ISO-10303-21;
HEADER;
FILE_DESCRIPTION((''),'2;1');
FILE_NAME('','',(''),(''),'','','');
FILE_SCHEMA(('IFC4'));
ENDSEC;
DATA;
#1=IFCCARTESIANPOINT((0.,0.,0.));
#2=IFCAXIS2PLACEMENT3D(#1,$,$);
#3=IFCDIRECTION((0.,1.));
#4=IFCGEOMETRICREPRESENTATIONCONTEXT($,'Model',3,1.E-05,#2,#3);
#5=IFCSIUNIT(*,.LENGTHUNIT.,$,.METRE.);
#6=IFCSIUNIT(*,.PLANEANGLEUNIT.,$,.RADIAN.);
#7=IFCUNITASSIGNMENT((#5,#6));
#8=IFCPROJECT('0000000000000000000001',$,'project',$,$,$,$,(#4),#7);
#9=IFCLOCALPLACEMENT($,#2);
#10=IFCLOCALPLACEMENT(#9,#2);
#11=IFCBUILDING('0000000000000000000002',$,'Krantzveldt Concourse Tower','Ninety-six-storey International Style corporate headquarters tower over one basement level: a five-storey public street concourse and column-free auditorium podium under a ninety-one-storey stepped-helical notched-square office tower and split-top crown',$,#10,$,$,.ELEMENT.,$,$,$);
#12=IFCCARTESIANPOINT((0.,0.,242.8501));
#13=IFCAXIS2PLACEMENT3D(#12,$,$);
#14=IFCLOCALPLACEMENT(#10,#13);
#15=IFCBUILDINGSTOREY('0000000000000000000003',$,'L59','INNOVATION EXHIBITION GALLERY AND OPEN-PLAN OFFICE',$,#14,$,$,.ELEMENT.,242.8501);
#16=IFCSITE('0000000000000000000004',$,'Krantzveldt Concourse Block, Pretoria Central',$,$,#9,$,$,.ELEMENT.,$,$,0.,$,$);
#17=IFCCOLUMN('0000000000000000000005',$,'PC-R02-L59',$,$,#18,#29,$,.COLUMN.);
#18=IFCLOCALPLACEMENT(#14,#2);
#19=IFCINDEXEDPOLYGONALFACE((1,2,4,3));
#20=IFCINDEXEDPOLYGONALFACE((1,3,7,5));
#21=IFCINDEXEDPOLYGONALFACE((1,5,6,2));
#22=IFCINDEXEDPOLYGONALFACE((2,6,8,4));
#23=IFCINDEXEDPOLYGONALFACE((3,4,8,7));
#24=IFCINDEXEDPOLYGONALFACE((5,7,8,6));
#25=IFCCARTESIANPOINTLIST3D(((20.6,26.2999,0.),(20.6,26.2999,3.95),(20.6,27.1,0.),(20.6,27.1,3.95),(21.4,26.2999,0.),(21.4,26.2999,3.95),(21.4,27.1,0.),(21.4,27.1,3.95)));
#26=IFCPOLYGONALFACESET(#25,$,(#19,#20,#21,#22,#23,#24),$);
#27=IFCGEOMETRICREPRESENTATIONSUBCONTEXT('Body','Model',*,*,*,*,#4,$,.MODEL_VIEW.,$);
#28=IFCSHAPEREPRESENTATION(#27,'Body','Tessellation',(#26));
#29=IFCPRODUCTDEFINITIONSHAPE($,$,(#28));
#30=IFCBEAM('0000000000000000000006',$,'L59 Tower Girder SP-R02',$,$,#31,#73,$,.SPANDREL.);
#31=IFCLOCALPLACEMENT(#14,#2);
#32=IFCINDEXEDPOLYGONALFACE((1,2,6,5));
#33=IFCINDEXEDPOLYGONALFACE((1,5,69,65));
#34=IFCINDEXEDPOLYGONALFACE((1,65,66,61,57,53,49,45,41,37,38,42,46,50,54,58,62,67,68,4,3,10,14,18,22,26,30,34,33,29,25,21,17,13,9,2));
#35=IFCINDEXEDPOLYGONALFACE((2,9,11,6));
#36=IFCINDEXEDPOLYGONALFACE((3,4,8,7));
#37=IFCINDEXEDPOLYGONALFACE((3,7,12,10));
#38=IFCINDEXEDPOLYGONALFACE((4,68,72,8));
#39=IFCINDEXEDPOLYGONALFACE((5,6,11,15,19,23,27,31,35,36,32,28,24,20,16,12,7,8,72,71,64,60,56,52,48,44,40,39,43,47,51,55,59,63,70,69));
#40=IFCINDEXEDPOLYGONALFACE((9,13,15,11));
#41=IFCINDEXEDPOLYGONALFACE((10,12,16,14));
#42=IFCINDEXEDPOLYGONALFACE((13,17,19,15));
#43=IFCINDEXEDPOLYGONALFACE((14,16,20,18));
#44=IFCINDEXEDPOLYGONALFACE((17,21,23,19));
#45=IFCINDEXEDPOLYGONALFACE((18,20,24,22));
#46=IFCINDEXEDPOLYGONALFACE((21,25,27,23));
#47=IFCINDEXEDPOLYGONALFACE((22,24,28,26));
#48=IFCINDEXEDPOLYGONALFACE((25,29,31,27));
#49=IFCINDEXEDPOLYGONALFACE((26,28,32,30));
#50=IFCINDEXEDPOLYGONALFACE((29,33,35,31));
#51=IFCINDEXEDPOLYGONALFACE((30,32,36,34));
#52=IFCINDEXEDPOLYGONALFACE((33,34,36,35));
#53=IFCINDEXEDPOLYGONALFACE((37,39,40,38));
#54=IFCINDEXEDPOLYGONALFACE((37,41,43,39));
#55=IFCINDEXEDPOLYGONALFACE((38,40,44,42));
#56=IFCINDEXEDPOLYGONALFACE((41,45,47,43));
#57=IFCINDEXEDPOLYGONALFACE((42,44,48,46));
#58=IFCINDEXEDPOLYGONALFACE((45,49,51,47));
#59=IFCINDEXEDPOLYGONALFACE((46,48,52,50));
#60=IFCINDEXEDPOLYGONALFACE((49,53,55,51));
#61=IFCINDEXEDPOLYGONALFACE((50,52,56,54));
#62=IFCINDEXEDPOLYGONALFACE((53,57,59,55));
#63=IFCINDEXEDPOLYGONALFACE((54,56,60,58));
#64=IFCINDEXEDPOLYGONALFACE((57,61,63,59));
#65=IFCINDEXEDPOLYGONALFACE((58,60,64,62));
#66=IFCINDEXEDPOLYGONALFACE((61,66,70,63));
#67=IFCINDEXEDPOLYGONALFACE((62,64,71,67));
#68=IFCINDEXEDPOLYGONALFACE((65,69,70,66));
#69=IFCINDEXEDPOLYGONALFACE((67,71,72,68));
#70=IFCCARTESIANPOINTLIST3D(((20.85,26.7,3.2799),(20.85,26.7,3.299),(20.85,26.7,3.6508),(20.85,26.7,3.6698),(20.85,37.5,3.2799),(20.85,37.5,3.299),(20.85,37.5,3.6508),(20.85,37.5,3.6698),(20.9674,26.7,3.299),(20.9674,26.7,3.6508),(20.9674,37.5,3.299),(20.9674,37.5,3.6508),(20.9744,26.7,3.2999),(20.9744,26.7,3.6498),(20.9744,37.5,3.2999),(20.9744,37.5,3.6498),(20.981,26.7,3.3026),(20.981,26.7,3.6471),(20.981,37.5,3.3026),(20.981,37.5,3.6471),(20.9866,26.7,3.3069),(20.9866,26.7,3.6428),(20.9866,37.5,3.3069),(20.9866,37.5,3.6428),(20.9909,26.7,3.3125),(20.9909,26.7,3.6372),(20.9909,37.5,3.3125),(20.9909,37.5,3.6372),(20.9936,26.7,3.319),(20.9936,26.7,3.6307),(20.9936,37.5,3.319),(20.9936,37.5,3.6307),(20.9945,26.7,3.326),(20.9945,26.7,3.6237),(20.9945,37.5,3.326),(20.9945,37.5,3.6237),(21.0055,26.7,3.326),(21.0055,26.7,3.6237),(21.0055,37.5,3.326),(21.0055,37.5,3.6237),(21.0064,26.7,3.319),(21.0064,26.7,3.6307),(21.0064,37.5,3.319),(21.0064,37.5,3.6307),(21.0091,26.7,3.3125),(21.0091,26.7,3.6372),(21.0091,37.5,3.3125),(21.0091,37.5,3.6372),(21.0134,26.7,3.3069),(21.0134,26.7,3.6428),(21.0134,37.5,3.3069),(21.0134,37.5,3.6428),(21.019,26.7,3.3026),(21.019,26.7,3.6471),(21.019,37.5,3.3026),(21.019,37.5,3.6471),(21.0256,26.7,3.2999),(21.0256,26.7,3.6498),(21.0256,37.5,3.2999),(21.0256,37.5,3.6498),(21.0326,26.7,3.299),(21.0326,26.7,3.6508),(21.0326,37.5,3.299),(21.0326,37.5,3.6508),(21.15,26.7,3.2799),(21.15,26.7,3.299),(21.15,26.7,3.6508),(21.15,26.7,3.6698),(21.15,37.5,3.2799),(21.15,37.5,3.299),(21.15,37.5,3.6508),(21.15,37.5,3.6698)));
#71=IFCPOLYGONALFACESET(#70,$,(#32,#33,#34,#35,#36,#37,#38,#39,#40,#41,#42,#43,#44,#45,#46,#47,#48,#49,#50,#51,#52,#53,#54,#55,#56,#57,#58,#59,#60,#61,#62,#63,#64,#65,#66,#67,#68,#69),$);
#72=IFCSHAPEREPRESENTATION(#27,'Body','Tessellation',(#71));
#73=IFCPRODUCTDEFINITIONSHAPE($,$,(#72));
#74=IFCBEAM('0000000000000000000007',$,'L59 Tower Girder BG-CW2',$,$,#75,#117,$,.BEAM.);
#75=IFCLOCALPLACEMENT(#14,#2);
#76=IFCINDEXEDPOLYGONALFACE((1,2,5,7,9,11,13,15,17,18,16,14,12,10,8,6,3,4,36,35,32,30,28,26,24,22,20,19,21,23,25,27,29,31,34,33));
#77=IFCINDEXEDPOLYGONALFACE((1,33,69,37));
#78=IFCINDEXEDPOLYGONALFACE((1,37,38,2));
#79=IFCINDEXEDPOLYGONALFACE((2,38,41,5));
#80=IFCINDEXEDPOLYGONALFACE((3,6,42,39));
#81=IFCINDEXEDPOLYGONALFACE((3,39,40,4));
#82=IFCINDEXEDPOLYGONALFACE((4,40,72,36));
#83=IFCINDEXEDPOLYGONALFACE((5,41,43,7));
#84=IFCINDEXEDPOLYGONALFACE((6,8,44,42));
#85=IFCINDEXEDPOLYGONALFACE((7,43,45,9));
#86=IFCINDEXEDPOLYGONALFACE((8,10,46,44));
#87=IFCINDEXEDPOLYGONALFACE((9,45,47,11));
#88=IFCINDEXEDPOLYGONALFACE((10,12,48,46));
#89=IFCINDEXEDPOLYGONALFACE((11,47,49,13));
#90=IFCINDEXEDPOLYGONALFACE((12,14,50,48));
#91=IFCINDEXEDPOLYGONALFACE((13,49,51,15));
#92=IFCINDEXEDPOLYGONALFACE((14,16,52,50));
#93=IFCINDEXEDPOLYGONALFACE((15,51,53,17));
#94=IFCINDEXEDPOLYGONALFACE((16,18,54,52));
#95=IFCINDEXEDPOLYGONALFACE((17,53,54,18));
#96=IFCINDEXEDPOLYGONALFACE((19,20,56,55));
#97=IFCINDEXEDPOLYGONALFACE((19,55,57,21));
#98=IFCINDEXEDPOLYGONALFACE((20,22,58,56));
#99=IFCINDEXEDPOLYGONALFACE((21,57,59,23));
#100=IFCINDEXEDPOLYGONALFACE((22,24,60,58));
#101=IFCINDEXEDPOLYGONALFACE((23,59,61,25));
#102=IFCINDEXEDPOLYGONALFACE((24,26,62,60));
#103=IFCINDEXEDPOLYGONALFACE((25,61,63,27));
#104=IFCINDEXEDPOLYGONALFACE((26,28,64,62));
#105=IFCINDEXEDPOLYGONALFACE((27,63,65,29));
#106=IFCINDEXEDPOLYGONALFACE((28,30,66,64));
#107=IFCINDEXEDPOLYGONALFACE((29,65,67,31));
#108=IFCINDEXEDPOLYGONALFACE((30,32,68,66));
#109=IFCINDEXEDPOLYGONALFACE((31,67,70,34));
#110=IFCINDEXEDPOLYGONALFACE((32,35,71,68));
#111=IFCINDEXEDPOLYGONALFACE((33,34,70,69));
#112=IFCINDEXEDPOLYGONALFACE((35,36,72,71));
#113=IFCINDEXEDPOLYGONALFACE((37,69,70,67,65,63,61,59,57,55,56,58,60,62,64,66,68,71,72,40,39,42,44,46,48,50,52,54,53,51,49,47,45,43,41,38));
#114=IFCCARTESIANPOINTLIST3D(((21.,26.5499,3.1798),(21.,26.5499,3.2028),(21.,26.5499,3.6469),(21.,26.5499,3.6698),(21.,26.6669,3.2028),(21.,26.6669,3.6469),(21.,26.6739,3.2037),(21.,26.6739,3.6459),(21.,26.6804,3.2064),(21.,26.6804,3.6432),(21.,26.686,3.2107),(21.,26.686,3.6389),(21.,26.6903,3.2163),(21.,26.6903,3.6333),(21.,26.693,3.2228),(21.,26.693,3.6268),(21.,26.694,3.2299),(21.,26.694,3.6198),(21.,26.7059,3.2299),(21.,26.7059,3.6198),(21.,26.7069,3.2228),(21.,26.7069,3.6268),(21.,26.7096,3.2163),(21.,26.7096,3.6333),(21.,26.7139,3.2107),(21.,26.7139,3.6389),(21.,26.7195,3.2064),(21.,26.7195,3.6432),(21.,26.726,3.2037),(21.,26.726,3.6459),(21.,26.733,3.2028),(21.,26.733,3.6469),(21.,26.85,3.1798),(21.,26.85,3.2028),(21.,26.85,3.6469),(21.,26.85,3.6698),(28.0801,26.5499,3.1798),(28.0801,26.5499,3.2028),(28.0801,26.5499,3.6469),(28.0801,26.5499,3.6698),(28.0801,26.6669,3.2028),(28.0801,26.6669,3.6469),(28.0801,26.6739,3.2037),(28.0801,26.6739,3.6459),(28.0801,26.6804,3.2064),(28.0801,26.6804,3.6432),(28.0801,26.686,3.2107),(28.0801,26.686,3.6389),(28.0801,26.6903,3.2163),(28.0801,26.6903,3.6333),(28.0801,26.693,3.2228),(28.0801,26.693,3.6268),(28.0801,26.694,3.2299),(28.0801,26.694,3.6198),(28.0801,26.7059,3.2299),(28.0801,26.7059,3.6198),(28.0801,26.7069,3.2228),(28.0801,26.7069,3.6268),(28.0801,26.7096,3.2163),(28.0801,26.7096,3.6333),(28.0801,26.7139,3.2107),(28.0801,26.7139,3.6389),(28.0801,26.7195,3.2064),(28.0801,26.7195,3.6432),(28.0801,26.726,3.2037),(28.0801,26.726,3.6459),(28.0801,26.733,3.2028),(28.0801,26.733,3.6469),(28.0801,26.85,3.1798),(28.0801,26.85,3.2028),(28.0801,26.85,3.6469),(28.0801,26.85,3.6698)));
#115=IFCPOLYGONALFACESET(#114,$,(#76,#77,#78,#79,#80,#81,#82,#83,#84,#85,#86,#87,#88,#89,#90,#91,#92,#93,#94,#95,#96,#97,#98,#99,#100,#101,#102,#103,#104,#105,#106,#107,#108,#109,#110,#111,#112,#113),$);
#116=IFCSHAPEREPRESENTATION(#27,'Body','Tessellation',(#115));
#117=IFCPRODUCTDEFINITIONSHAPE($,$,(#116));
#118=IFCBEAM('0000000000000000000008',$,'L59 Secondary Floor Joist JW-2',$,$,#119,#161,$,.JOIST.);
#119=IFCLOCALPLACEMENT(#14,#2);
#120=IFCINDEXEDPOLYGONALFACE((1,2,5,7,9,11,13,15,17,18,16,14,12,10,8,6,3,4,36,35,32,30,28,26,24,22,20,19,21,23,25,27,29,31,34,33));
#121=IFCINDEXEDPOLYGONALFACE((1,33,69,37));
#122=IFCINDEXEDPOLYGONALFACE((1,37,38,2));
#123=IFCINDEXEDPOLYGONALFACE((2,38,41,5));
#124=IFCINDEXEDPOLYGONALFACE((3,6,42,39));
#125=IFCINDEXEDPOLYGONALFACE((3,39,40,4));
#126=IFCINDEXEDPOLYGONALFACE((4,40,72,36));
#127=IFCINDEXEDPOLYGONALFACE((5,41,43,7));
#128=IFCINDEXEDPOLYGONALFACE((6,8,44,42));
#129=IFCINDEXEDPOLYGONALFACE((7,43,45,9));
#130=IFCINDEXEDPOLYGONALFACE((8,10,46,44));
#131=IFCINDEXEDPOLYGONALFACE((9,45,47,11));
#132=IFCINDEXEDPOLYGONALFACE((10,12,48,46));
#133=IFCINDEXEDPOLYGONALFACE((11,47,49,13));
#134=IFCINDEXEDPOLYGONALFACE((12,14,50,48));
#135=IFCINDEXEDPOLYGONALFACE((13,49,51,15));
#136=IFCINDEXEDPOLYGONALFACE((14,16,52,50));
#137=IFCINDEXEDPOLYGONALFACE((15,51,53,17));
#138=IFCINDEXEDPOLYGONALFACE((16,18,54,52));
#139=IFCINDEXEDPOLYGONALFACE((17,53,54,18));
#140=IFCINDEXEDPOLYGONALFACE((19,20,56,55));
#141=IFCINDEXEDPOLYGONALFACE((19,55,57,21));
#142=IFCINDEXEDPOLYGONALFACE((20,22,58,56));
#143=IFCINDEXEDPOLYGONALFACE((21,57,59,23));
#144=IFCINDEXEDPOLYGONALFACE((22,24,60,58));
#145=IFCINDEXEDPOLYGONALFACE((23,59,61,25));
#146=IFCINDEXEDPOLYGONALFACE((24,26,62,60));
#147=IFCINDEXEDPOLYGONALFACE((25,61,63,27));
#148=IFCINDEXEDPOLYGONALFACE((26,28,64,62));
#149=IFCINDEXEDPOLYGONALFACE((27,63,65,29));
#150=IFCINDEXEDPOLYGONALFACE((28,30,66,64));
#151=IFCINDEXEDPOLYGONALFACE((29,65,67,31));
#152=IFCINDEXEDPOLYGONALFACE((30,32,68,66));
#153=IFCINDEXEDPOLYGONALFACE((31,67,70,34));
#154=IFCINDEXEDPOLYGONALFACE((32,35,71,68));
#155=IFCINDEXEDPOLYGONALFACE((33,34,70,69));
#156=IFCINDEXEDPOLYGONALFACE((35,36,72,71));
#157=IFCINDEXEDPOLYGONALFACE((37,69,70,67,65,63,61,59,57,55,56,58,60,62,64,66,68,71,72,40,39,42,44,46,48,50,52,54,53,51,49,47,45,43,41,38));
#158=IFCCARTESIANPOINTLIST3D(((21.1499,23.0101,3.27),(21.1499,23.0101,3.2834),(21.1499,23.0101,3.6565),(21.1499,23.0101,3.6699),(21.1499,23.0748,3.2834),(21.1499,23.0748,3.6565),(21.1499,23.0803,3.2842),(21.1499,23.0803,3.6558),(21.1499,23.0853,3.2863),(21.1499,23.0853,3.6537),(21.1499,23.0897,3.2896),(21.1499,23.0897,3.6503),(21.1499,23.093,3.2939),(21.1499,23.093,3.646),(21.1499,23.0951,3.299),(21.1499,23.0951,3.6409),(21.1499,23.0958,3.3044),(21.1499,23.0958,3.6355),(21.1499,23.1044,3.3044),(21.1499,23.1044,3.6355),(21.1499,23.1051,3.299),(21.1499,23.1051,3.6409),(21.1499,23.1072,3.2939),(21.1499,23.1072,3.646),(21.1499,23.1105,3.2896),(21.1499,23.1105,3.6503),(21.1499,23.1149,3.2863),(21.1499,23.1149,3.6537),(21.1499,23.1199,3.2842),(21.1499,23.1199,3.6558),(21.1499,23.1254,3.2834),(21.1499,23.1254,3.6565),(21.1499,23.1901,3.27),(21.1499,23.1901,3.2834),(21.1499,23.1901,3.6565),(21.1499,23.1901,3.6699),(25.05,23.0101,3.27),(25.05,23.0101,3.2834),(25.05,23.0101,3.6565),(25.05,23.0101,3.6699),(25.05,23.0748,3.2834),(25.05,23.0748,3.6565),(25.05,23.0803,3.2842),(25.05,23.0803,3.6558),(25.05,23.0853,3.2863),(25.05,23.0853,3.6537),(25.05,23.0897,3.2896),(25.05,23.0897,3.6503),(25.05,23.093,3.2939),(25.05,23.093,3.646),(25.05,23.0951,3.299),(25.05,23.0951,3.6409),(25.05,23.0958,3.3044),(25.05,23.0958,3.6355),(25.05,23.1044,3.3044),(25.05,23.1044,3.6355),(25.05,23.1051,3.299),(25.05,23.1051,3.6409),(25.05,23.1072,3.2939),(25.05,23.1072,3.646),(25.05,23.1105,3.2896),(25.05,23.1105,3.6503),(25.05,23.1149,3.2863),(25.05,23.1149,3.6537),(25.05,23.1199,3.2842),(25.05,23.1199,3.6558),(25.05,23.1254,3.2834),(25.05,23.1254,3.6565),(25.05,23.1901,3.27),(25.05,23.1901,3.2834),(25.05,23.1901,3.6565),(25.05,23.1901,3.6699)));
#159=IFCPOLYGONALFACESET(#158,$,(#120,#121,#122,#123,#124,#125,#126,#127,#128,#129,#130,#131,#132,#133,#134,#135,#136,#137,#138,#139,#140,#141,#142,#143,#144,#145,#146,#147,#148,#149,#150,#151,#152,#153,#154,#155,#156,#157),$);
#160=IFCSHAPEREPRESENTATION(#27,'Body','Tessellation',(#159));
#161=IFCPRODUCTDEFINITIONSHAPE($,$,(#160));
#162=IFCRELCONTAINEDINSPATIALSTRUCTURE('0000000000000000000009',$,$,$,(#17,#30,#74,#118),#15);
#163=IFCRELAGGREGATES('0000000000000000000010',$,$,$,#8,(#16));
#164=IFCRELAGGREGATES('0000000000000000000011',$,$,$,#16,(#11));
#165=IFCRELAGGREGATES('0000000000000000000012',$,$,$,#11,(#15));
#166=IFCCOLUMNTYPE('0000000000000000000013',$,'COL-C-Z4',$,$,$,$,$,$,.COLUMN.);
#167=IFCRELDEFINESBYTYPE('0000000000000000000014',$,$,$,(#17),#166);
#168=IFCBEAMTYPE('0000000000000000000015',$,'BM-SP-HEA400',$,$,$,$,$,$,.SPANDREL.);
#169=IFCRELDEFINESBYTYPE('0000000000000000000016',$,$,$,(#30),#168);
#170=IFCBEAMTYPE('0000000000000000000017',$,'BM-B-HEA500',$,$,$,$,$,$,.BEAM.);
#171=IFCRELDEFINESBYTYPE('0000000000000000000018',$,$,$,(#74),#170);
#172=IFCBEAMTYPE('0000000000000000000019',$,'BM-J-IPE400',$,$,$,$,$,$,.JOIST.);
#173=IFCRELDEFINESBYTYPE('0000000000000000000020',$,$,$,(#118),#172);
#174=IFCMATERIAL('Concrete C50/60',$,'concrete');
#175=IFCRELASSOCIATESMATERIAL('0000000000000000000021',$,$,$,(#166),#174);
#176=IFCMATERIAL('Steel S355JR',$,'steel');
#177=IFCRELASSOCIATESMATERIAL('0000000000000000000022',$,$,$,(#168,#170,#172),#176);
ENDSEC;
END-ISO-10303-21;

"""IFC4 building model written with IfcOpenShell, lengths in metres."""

from ifc_helpers import new_model, si_unit, direction, frame, origin, origin_2d, place, context, subcontext, project, spatial, rectangle, i_section, extrude, source, transform, mapped, material, material_profile, profile_set, type_object, type_shapes, element, save


model = new_model("IFC4")

# Units and contexts
model_context = context("Model", 3, precision=1e-05, world=origin(), true_north=direction((0.0, 1.0)))
body_context = subcontext(model_context, "Body", "Model", "MODEL_VIEW")
ifc_project = project(units=[si_unit("LENGTHUNIT", "METRE"), si_unit("PLANEANGLEUNIT", "RADIAN")], contexts=[model_context])

# Site, building, storey
site_placement = place(None, origin())
site = spatial("IfcSite", under=ifc_project, at=site_placement, Name="Krantzveldt Concourse Block, Pretoria Central", CompositionType="ELEMENT", RefElevation=0.0)
building_placement = place(site_placement, origin())
building = spatial("IfcBuilding", under=site, at=building_placement, Name="Krantzveldt Concourse Tower", Description="Ninety-six-storey International Style corporate headquarters tower over one basement level: a five-storey public street concourse and column-free auditorium podium under a ninety-one-storey stepped-helical notched-square office tower and split-top crown", CompositionType="ELEMENT")
storey_placement = place(building_placement, frame((0.0, 0.0, 242.8501)))
storey = spatial("IfcBuildingStorey", under=building, at=storey_placement, Name="L59", Description="INNOVATION EXHIBITION GALLERY AND OPEN-PLAN OFFICE", CompositionType="ELEMENT", Elevation=242.8501)

# Column
ifc_material_1 = material(Name="Concrete C50/60", Category="concrete")
ifc_material_profile_1 = material_profile(ifc_material_1, rectangle(XDim=0.8, YDim=0.8, at=origin_2d()), Name="Concrete C50/60", Category="concrete")
ifc_profile_set_1 = profile_set([ifc_material_profile_1], Name="Concrete C50/60 - RC 800x800")
column_type = type_object("IfcColumnType", Name="COL-C-Z4", PredefinedType="COLUMN", material=ifc_profile_set_1)
shared_shape_1 = source(origin(), body_context, "Body", "SweptSolid", [
    extrude(rectangle(XDim=0.8, YDim=0.8, at=origin_2d()), origin(), (0.0, 0.0, 1.0), 3.95),
])
type_shapes(column_type, [shared_shape_1])
column_placement = place(storey_placement, frame((21.0, 26.7, 0.0), z_axis=(0.0, 0.0, 1.0), x_axis=(1.0, 0.0, 0.0)))
element("IfcColumn", 1, at=column_placement, inside=storey, type_object=column_type, Name="PC-R02-L59", PredefinedType="COLUMN", context=body_context, shape_type="MappedRepresentation", body=[
    mapped(shared_shape_1, transform((0.0, 0.0, 0.0), x_axis=(1.0, 0.0, 0.0), y_axis=(0.0, 1.0, 0.0), z_axis=(0.0, 0.0, 1.0), scale=1.0)),
])

# Beams
ifc_material_2 = material(Name="Steel S355JR", Category="steel")
ifc_material_profile_2 = material_profile(ifc_material_2, i_section(OverallWidth=0.3, OverallDepth=0.3899, WebThickness=0.011, FlangeThickness=0.019, FilletRadius=0.0271, at=origin_2d()), Name="Steel S355JR", Category="steel")
ifc_profile_set_2 = profile_set([ifc_material_profile_2], Name="Steel S355JR - HEA 400")
beam_type_1 = type_object("IfcBeamType", Name="BM-SP-HEA400", PredefinedType="SPANDREL", material=ifc_profile_set_2)
shared_shape_2 = source(origin(), body_context, "Body", "SweptSolid", [
    extrude(i_section(OverallWidth=0.3, OverallDepth=0.3899, WebThickness=0.011, FlangeThickness=0.019, FilletRadius=0.0271, at=origin_2d()), origin(), (0.0, 0.0, 1.0), 10.8),
])
type_shapes(beam_type_1, [shared_shape_2])
beam_1_placement = place(storey_placement, frame((21.0, 26.7, 3.4749), z_axis=(0.0, 1.0, 0.0), x_axis=(-1.0, 0.0, 0.0)))
element("IfcBeam", 2, at=beam_1_placement, inside=storey, type_object=beam_type_1, Name="L59 Tower Girder SP-R02", PredefinedType="SPANDREL", context=body_context, shape_type="MappedRepresentation", body=[
    mapped(shared_shape_2, transform((0.0, 0.0, 0.0), x_axis=(1.0, 0.0, 0.0), y_axis=(0.0, 1.0, 0.0), z_axis=(0.0, 0.0, 1.0), scale=1.0)),
])
ifc_material_profile_3 = material_profile(ifc_material_2, i_section(OverallWidth=0.3, OverallDepth=0.49, WebThickness=0.012, FlangeThickness=0.0229, FilletRadius=0.0271, at=origin_2d()), Name="Steel S355JR", Category="steel")
ifc_profile_set_3 = profile_set([ifc_material_profile_3], Name="Steel S355JR - HEA 500")
beam_type_2 = type_object("IfcBeamType", Name="BM-B-HEA500", PredefinedType="BEAM", material=ifc_profile_set_3)
shared_shape_3 = source(origin(), body_context, "Body", "SweptSolid", [
    extrude(i_section(OverallWidth=0.3, OverallDepth=0.49, WebThickness=0.012, FlangeThickness=0.0229, FilletRadius=0.0271, at=origin_2d()), origin(), (0.0, 0.0, 1.0), 7.0801),
])
type_shapes(beam_type_2, [shared_shape_3])
beam_2_placement = place(storey_placement, frame((21.0, 26.7, 3.4248), z_axis=(1.0, 0.0, 0.0), x_axis=(0.0, 1.0, 0.0)))
element("IfcBeam", 3, at=beam_2_placement, inside=storey, type_object=beam_type_2, Name="L59 Tower Girder BG-CW2", PredefinedType="BEAM", context=body_context, shape_type="MappedRepresentation", body=[
    mapped(shared_shape_3, transform((0.0, 0.0, 0.0), x_axis=(1.0, 0.0, 0.0), y_axis=(0.0, 1.0, 0.0), z_axis=(0.0, 0.0, 1.0), scale=1.0)),
])
ifc_material_profile_4 = material_profile(ifc_material_2, i_section(OverallWidth=0.1799, OverallDepth=0.3999, WebThickness=0.0085, FlangeThickness=0.0134, FilletRadius=0.021, at=origin_2d()), Name="Steel S355JR", Category="steel")
ifc_profile_set_4 = profile_set([ifc_material_profile_4], Name="Steel S355JR - IPE 400")
beam_type_3 = type_object("IfcBeamType", Name="BM-J-IPE400", PredefinedType="JOIST", material=ifc_profile_set_4)
shared_shape_4 = source(origin(), body_context, "Body", "SweptSolid", [
    extrude(i_section(OverallWidth=0.1799, OverallDepth=0.3999, WebThickness=0.0085, FlangeThickness=0.0134, FilletRadius=0.021, at=origin_2d()), origin(), (0.0, 0.0, 1.0), 3.9001),
])
type_shapes(beam_type_3, [shared_shape_4])
beam_3_placement = place(storey_placement, frame((21.1499, 23.1001, 3.47), z_axis=(1.0, 0.0, 0.0), x_axis=(0.0, 1.0, 0.0)))
element("IfcBeam", 4, at=beam_3_placement, inside=storey, type_object=beam_type_3, Name="L59 Secondary Floor Joist JW-2", PredefinedType="JOIST", context=body_context, shape_type="MappedRepresentation", body=[
    mapped(shared_shape_4, transform((0.0, 0.0, 0.0), x_axis=(1.0, 0.0, 0.0), y_axis=(0.0, 1.0, 0.0), z_axis=(0.0, 0.0, 1.0), scale=1.0)),
])

save(model, "model.ifc")
